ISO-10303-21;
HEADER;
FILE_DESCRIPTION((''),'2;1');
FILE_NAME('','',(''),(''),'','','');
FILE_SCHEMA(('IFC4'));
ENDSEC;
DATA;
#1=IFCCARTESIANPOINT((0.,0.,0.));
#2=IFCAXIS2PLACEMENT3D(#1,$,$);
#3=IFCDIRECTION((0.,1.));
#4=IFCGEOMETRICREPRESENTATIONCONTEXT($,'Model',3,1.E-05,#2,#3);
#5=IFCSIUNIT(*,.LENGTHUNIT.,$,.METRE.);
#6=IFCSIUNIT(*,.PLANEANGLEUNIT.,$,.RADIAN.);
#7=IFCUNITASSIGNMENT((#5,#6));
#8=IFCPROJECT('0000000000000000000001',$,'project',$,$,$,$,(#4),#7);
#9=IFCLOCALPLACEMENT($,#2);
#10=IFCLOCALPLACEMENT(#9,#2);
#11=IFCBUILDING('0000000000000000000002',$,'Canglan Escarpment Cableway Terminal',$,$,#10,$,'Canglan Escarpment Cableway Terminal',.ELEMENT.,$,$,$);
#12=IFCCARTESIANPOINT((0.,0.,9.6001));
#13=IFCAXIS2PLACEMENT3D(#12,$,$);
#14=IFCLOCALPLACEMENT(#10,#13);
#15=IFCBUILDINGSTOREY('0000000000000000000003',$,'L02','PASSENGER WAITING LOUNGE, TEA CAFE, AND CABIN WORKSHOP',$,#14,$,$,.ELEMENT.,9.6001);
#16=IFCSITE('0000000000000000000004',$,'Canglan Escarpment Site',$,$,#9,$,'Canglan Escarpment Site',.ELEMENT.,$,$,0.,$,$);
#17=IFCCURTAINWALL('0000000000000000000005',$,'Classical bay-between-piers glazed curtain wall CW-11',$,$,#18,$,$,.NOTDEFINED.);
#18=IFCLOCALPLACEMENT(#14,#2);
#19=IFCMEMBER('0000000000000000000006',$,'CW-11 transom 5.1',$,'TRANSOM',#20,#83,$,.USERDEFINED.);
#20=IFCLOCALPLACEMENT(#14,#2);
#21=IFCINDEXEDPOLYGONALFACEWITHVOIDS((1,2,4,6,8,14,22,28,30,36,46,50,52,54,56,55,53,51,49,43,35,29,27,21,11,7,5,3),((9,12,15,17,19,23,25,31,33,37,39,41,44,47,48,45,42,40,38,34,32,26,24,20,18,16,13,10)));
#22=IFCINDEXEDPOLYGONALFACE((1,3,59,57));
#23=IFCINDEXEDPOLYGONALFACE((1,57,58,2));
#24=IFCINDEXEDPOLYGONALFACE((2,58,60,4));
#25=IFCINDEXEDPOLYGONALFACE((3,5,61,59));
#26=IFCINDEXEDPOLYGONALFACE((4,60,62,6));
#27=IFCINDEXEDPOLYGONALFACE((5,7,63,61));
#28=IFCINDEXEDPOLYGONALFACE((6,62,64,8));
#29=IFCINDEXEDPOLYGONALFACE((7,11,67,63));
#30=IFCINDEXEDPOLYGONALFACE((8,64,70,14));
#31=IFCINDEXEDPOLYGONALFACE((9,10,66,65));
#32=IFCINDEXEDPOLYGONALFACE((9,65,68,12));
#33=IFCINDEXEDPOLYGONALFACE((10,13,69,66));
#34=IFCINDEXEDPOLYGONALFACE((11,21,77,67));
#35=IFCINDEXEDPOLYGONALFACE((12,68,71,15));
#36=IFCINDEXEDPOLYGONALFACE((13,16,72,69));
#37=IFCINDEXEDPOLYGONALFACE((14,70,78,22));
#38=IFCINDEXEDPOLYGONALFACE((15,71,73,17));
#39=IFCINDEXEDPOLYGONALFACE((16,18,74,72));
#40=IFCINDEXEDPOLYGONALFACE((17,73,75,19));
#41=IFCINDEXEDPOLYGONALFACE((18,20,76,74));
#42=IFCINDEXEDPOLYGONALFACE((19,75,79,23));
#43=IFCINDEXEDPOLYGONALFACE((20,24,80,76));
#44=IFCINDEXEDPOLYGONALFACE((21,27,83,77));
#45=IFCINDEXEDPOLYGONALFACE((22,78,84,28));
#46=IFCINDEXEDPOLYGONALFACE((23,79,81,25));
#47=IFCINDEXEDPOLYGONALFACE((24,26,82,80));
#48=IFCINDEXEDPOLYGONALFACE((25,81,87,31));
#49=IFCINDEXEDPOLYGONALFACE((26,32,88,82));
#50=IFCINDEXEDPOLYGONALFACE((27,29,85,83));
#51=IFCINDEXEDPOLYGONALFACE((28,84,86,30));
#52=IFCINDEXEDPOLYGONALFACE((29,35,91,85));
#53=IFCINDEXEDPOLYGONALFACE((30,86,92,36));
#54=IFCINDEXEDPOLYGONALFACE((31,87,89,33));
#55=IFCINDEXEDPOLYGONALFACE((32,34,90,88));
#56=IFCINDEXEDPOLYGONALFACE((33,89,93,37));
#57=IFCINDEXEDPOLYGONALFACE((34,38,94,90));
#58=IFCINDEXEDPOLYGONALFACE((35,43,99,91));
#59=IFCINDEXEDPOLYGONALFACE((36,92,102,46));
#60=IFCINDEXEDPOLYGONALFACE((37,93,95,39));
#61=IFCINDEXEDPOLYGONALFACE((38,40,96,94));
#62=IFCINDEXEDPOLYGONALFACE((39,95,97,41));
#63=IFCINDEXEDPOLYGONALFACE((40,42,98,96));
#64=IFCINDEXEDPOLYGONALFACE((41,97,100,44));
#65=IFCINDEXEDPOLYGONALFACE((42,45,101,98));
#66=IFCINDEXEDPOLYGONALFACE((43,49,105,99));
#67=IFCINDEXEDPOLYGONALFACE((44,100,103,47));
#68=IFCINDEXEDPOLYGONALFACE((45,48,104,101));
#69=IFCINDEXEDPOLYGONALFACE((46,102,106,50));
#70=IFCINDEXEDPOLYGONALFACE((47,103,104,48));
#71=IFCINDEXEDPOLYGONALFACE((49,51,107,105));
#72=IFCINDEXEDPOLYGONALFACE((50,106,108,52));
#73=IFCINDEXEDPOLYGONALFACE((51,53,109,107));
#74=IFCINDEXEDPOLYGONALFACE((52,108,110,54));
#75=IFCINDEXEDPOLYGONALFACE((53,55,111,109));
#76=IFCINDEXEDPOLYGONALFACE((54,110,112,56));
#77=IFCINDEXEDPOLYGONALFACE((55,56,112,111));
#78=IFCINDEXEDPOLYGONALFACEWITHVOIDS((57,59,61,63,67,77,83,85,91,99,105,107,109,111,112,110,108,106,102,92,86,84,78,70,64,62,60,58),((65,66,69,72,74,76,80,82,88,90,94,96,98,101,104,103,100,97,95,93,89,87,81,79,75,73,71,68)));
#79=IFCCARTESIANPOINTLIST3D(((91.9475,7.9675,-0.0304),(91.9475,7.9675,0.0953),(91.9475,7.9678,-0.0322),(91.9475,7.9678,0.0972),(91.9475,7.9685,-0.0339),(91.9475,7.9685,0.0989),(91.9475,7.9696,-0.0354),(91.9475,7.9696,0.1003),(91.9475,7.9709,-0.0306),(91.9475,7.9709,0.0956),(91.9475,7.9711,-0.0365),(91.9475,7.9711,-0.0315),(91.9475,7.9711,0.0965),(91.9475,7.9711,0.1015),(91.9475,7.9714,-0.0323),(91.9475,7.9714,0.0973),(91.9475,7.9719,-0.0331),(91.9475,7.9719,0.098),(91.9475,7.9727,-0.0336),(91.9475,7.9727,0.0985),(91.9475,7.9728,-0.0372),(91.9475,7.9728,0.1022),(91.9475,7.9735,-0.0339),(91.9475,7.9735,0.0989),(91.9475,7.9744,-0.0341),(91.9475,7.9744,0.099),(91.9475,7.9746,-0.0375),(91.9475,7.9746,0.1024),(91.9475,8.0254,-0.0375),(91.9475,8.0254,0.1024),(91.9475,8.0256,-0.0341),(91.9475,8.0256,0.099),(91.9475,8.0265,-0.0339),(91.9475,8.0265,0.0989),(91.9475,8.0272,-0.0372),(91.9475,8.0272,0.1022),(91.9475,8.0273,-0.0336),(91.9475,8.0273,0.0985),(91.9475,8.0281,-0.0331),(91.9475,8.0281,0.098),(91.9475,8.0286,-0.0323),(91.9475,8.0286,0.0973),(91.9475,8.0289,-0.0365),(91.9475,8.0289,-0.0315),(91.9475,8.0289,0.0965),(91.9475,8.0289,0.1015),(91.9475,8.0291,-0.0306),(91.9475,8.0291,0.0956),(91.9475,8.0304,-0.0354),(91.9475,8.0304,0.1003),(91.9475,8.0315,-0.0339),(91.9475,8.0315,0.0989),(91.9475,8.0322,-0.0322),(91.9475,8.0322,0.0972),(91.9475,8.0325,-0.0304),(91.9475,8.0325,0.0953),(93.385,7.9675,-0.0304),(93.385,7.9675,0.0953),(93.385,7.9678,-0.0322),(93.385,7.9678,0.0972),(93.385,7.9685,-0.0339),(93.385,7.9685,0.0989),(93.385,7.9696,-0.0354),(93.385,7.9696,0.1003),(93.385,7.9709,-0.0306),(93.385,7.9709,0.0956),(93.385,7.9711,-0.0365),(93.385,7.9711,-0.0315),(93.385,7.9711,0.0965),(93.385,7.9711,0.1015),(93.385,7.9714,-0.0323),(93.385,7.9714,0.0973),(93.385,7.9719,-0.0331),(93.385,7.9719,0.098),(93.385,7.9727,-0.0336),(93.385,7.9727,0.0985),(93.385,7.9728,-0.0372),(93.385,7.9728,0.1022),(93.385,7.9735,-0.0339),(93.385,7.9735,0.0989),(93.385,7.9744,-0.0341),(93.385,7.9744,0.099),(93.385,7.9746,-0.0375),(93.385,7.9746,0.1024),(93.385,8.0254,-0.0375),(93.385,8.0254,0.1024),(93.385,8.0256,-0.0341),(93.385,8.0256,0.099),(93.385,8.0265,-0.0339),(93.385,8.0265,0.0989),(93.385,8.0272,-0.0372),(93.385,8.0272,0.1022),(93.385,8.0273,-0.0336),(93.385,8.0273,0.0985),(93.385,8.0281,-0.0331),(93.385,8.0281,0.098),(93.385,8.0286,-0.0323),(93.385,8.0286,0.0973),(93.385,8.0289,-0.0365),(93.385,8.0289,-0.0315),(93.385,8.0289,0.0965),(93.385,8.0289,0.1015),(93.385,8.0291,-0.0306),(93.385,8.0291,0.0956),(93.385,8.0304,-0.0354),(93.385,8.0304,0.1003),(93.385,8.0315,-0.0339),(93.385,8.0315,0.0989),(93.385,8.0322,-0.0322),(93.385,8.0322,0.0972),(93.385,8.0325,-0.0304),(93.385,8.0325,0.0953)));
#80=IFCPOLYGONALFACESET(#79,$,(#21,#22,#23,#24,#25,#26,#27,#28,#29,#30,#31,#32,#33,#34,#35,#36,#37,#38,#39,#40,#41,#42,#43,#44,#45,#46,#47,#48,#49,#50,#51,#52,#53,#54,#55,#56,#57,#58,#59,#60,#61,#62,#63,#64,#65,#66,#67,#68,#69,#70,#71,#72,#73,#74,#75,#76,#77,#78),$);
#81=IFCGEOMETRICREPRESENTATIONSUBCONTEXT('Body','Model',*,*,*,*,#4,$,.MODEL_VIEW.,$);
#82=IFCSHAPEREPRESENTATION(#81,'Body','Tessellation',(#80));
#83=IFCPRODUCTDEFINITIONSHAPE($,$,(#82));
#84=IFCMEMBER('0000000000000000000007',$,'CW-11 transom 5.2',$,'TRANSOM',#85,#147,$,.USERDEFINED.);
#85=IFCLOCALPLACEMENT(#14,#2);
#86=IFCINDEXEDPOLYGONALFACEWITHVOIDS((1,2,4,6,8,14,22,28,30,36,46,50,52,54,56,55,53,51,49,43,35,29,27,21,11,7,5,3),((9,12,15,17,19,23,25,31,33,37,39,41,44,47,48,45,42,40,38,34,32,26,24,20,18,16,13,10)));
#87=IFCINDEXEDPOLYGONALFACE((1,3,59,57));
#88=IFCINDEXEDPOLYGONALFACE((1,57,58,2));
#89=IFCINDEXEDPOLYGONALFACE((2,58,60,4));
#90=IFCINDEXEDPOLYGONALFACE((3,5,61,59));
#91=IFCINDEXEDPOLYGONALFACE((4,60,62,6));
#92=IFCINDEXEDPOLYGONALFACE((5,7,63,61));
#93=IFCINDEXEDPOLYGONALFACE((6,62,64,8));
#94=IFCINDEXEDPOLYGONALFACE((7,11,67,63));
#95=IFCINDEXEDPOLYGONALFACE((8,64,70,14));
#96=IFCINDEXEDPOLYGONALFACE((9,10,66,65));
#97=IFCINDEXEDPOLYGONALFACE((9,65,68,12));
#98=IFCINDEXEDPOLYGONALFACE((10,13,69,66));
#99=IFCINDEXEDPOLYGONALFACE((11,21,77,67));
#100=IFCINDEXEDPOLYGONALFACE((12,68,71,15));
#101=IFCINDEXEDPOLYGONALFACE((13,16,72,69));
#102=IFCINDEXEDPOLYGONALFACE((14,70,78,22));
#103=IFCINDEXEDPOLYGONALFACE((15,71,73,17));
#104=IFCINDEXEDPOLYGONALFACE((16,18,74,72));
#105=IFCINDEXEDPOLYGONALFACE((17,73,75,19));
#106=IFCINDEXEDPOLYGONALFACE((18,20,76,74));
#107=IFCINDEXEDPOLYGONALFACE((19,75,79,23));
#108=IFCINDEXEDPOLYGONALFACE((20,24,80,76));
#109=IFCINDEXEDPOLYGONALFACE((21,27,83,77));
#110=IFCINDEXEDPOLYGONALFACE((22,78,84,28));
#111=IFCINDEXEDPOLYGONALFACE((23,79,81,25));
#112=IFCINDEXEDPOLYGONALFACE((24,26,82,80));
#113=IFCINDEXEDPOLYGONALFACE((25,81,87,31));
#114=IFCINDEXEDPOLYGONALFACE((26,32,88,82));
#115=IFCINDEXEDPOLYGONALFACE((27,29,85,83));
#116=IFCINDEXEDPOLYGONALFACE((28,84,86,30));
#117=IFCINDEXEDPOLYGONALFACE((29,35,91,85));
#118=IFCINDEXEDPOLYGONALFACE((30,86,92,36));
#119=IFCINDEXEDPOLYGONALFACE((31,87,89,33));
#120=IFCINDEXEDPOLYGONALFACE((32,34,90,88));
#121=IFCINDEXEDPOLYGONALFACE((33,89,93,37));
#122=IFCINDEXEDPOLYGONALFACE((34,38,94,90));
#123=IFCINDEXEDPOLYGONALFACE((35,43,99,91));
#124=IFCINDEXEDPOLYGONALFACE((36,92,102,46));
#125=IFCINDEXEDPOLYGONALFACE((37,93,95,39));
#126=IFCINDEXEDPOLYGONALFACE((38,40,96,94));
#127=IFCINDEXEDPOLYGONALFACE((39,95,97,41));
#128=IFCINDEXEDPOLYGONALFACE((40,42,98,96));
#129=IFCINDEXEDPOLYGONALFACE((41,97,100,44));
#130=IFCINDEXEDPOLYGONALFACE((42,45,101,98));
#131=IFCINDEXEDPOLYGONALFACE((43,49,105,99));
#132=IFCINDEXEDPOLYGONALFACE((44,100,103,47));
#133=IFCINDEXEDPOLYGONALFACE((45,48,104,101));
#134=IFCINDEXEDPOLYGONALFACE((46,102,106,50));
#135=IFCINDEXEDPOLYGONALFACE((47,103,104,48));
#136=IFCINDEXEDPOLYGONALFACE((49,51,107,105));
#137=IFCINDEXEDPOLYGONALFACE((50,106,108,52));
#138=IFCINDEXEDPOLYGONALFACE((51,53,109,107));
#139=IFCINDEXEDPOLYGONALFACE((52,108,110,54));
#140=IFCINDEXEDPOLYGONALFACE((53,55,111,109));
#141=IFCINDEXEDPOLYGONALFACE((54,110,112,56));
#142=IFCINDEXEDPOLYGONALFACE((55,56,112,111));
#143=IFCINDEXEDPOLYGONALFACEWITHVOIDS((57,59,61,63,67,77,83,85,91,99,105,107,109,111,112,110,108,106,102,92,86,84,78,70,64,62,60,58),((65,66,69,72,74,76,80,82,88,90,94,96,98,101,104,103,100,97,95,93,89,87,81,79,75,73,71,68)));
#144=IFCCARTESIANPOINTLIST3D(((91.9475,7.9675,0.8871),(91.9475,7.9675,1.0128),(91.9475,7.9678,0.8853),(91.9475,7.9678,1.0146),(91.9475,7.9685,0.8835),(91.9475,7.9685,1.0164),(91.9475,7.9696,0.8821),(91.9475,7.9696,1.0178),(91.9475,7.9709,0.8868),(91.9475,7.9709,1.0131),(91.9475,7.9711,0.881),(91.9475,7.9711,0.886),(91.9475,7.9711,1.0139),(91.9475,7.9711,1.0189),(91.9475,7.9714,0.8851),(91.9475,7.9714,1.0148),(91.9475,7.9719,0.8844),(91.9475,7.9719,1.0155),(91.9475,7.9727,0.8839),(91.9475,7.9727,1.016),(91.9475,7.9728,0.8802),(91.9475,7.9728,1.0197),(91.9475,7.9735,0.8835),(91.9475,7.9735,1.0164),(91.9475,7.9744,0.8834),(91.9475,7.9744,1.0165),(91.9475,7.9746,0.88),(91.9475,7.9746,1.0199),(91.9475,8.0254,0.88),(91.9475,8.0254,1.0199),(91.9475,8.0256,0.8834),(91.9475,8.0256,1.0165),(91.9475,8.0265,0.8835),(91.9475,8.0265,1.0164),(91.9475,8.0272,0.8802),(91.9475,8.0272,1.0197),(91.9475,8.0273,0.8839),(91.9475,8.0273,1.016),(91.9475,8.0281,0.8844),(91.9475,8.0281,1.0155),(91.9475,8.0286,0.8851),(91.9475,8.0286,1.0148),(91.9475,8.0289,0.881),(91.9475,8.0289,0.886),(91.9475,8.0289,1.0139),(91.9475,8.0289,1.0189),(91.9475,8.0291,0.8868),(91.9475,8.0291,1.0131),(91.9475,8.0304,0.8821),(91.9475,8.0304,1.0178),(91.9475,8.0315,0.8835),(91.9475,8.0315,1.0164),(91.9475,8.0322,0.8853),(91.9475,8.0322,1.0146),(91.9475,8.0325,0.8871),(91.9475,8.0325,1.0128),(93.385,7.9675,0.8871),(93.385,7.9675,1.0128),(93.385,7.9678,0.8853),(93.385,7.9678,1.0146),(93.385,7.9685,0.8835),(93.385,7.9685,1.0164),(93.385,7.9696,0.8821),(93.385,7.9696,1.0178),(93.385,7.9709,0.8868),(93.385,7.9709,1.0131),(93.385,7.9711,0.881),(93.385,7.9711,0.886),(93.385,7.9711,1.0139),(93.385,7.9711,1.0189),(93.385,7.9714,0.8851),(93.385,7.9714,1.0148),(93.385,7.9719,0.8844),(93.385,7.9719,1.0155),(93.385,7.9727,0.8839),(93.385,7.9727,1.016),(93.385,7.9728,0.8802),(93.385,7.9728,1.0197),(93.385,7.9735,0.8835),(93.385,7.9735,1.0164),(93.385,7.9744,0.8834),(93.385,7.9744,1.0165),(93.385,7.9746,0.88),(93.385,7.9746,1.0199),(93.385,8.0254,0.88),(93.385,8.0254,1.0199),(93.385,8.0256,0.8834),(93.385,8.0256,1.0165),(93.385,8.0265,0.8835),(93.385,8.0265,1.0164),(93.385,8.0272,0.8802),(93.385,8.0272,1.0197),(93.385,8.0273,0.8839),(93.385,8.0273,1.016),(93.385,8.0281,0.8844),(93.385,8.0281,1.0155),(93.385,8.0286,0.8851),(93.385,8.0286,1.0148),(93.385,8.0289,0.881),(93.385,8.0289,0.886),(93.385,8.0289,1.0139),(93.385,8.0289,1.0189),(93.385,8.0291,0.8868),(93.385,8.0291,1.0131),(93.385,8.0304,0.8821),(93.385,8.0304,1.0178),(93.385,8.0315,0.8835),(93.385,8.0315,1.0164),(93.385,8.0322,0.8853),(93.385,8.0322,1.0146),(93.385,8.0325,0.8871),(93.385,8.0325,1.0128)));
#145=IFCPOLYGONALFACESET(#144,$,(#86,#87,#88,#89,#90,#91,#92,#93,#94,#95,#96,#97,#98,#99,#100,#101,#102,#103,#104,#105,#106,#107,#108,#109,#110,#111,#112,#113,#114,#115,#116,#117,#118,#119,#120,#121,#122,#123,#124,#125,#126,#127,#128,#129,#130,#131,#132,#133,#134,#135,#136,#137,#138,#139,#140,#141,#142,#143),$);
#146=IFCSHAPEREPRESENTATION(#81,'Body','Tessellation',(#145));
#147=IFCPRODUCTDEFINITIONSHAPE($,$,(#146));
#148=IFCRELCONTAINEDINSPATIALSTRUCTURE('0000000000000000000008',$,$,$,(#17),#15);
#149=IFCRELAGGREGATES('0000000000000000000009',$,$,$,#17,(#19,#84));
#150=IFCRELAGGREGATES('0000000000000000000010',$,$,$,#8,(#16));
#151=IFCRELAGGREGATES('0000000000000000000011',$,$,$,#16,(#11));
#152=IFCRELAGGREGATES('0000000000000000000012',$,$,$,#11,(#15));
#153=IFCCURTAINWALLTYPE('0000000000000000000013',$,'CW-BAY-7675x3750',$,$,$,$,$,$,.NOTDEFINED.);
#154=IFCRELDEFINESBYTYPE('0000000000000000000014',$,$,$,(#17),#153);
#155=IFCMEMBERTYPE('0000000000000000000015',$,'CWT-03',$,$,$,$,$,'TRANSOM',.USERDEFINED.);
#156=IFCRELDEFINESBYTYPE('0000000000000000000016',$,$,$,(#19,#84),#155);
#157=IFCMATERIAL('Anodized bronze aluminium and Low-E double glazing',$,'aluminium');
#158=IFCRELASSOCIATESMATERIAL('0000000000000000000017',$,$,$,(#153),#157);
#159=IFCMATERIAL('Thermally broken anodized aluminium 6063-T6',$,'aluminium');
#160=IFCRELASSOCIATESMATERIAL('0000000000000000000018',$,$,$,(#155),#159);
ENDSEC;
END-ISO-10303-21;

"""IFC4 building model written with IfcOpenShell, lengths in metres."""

from ifc_helpers import new_model, si_unit, direction, frame, origin, origin_2d, place, context, subcontext, project, spatial, hollow_rectangle, extrude, material, material_profile, profile_set, type_object, element, aggregate, save


model = new_model("IFC4")

# Units and contexts
model_context = context("Model", 3, precision=1e-05, world=origin(), true_north=direction((0.0, 1.0)))
body_context = subcontext(model_context, "Body", "Model", "MODEL_VIEW")
ifc_project = project(units=[si_unit("LENGTHUNIT", "METRE"), si_unit("PLANEANGLEUNIT", "RADIAN")], contexts=[model_context])

# Site, building, storey
site_placement = place(None, origin())
site = spatial("IfcSite", under=ifc_project, at=site_placement, Name="Canglan Escarpment Site", LongName="Canglan Escarpment Site", CompositionType="ELEMENT", RefElevation=0.0)
building_placement = place(site_placement, origin())
building = spatial("IfcBuilding", under=site, at=building_placement, Name="Canglan Escarpment Cableway Terminal", LongName="Canglan Escarpment Cableway Terminal", CompositionType="ELEMENT")
storey_placement = place(building_placement, frame((0.0, 0.0, 9.6001)))
storey = spatial("IfcBuildingStorey", under=building, at=storey_placement, Name="L02", Description="PASSENGER WAITING LOUNGE, TEA CAFE, AND CABIN WORKSHOP", CompositionType="ELEMENT", Elevation=9.6001)

# Curtain wall, members
ifc_material_1 = material(Name="Anodized bronze aluminium and Low-E double glazing", Category="aluminium")
curtain_wall_type = type_object("IfcCurtainWallType", Name="CW-BAY-7675x3750", PredefinedType="NOTDEFINED", material=ifc_material_1)
curtain_wall_placement = place(storey_placement, origin())
curtain_wall = element("IfcCurtainWall", 1, at=curtain_wall_placement, inside=storey, type_object=curtain_wall_type, Name="Classical bay-between-piers glazed curtain wall CW-11", PredefinedType="NOTDEFINED")
ifc_material_2 = material(Name="Thermally broken anodized aluminium 6063-T6", Category="aluminium")
ifc_material_profile_1 = material_profile(ifc_material_2, hollow_rectangle(XDim=0.0649, YDim=0.1399, WallThickness=0.0034, InnerFilletRadius=0.0034, OuterFilletRadius=0.0071, at=origin_2d()), Name="ALU-TRAN 65x140x3.5")
ifc_profile_set_1 = profile_set([ifc_material_profile_1], Name="Thermally broken anodized aluminium 6063-T6")
member_type_1 = type_object("IfcMemberType", Name="CWT-03", ElementType="TRANSOM", PredefinedType="USERDEFINED", material=ifc_profile_set_1)
member_1_placement = place(storey_placement, frame((91.9475, 8.0, 0.0325), z_axis=(1.0, 0.0, 0.0), x_axis=(0.0, 1.0, 0.0)))
member_1 = element("IfcMember", 2, at=member_1_placement, type_object=member_type_1, Name="CW-11 transom 5.1", ObjectType="TRANSOM", PredefinedType="USERDEFINED", context=body_context, shape_type="SweptSolid", body=[
    extrude(hollow_rectangle(XDim=0.0649, YDim=0.1399, WallThickness=0.0034, InnerFilletRadius=0.0034, OuterFilletRadius=0.0071, at=origin_2d()), origin(), (0.0, 0.0, 1.0), 1.4375),
])
member_2_placement = place(storey_placement, frame((91.9475, 8.0, 0.95), z_axis=(1.0, 0.0, 0.0), x_axis=(0.0, 1.0, 0.0)))
member_2 = element("IfcMember", 3, at=member_2_placement, type_object=member_type_1, Name="CW-11 transom 5.2", ObjectType="TRANSOM", PredefinedType="USERDEFINED", context=body_context, shape_type="SweptSolid", body=[
    extrude(hollow_rectangle(XDim=0.0649, YDim=0.1399, WallThickness=0.0034, InnerFilletRadius=0.0034, OuterFilletRadius=0.0071, at=origin_2d()), origin(), (0.0, 0.0, 1.0), 1.4375),
])

aggregate(curtain_wall, [member_1, member_2])

save(model, "model.ifc")
